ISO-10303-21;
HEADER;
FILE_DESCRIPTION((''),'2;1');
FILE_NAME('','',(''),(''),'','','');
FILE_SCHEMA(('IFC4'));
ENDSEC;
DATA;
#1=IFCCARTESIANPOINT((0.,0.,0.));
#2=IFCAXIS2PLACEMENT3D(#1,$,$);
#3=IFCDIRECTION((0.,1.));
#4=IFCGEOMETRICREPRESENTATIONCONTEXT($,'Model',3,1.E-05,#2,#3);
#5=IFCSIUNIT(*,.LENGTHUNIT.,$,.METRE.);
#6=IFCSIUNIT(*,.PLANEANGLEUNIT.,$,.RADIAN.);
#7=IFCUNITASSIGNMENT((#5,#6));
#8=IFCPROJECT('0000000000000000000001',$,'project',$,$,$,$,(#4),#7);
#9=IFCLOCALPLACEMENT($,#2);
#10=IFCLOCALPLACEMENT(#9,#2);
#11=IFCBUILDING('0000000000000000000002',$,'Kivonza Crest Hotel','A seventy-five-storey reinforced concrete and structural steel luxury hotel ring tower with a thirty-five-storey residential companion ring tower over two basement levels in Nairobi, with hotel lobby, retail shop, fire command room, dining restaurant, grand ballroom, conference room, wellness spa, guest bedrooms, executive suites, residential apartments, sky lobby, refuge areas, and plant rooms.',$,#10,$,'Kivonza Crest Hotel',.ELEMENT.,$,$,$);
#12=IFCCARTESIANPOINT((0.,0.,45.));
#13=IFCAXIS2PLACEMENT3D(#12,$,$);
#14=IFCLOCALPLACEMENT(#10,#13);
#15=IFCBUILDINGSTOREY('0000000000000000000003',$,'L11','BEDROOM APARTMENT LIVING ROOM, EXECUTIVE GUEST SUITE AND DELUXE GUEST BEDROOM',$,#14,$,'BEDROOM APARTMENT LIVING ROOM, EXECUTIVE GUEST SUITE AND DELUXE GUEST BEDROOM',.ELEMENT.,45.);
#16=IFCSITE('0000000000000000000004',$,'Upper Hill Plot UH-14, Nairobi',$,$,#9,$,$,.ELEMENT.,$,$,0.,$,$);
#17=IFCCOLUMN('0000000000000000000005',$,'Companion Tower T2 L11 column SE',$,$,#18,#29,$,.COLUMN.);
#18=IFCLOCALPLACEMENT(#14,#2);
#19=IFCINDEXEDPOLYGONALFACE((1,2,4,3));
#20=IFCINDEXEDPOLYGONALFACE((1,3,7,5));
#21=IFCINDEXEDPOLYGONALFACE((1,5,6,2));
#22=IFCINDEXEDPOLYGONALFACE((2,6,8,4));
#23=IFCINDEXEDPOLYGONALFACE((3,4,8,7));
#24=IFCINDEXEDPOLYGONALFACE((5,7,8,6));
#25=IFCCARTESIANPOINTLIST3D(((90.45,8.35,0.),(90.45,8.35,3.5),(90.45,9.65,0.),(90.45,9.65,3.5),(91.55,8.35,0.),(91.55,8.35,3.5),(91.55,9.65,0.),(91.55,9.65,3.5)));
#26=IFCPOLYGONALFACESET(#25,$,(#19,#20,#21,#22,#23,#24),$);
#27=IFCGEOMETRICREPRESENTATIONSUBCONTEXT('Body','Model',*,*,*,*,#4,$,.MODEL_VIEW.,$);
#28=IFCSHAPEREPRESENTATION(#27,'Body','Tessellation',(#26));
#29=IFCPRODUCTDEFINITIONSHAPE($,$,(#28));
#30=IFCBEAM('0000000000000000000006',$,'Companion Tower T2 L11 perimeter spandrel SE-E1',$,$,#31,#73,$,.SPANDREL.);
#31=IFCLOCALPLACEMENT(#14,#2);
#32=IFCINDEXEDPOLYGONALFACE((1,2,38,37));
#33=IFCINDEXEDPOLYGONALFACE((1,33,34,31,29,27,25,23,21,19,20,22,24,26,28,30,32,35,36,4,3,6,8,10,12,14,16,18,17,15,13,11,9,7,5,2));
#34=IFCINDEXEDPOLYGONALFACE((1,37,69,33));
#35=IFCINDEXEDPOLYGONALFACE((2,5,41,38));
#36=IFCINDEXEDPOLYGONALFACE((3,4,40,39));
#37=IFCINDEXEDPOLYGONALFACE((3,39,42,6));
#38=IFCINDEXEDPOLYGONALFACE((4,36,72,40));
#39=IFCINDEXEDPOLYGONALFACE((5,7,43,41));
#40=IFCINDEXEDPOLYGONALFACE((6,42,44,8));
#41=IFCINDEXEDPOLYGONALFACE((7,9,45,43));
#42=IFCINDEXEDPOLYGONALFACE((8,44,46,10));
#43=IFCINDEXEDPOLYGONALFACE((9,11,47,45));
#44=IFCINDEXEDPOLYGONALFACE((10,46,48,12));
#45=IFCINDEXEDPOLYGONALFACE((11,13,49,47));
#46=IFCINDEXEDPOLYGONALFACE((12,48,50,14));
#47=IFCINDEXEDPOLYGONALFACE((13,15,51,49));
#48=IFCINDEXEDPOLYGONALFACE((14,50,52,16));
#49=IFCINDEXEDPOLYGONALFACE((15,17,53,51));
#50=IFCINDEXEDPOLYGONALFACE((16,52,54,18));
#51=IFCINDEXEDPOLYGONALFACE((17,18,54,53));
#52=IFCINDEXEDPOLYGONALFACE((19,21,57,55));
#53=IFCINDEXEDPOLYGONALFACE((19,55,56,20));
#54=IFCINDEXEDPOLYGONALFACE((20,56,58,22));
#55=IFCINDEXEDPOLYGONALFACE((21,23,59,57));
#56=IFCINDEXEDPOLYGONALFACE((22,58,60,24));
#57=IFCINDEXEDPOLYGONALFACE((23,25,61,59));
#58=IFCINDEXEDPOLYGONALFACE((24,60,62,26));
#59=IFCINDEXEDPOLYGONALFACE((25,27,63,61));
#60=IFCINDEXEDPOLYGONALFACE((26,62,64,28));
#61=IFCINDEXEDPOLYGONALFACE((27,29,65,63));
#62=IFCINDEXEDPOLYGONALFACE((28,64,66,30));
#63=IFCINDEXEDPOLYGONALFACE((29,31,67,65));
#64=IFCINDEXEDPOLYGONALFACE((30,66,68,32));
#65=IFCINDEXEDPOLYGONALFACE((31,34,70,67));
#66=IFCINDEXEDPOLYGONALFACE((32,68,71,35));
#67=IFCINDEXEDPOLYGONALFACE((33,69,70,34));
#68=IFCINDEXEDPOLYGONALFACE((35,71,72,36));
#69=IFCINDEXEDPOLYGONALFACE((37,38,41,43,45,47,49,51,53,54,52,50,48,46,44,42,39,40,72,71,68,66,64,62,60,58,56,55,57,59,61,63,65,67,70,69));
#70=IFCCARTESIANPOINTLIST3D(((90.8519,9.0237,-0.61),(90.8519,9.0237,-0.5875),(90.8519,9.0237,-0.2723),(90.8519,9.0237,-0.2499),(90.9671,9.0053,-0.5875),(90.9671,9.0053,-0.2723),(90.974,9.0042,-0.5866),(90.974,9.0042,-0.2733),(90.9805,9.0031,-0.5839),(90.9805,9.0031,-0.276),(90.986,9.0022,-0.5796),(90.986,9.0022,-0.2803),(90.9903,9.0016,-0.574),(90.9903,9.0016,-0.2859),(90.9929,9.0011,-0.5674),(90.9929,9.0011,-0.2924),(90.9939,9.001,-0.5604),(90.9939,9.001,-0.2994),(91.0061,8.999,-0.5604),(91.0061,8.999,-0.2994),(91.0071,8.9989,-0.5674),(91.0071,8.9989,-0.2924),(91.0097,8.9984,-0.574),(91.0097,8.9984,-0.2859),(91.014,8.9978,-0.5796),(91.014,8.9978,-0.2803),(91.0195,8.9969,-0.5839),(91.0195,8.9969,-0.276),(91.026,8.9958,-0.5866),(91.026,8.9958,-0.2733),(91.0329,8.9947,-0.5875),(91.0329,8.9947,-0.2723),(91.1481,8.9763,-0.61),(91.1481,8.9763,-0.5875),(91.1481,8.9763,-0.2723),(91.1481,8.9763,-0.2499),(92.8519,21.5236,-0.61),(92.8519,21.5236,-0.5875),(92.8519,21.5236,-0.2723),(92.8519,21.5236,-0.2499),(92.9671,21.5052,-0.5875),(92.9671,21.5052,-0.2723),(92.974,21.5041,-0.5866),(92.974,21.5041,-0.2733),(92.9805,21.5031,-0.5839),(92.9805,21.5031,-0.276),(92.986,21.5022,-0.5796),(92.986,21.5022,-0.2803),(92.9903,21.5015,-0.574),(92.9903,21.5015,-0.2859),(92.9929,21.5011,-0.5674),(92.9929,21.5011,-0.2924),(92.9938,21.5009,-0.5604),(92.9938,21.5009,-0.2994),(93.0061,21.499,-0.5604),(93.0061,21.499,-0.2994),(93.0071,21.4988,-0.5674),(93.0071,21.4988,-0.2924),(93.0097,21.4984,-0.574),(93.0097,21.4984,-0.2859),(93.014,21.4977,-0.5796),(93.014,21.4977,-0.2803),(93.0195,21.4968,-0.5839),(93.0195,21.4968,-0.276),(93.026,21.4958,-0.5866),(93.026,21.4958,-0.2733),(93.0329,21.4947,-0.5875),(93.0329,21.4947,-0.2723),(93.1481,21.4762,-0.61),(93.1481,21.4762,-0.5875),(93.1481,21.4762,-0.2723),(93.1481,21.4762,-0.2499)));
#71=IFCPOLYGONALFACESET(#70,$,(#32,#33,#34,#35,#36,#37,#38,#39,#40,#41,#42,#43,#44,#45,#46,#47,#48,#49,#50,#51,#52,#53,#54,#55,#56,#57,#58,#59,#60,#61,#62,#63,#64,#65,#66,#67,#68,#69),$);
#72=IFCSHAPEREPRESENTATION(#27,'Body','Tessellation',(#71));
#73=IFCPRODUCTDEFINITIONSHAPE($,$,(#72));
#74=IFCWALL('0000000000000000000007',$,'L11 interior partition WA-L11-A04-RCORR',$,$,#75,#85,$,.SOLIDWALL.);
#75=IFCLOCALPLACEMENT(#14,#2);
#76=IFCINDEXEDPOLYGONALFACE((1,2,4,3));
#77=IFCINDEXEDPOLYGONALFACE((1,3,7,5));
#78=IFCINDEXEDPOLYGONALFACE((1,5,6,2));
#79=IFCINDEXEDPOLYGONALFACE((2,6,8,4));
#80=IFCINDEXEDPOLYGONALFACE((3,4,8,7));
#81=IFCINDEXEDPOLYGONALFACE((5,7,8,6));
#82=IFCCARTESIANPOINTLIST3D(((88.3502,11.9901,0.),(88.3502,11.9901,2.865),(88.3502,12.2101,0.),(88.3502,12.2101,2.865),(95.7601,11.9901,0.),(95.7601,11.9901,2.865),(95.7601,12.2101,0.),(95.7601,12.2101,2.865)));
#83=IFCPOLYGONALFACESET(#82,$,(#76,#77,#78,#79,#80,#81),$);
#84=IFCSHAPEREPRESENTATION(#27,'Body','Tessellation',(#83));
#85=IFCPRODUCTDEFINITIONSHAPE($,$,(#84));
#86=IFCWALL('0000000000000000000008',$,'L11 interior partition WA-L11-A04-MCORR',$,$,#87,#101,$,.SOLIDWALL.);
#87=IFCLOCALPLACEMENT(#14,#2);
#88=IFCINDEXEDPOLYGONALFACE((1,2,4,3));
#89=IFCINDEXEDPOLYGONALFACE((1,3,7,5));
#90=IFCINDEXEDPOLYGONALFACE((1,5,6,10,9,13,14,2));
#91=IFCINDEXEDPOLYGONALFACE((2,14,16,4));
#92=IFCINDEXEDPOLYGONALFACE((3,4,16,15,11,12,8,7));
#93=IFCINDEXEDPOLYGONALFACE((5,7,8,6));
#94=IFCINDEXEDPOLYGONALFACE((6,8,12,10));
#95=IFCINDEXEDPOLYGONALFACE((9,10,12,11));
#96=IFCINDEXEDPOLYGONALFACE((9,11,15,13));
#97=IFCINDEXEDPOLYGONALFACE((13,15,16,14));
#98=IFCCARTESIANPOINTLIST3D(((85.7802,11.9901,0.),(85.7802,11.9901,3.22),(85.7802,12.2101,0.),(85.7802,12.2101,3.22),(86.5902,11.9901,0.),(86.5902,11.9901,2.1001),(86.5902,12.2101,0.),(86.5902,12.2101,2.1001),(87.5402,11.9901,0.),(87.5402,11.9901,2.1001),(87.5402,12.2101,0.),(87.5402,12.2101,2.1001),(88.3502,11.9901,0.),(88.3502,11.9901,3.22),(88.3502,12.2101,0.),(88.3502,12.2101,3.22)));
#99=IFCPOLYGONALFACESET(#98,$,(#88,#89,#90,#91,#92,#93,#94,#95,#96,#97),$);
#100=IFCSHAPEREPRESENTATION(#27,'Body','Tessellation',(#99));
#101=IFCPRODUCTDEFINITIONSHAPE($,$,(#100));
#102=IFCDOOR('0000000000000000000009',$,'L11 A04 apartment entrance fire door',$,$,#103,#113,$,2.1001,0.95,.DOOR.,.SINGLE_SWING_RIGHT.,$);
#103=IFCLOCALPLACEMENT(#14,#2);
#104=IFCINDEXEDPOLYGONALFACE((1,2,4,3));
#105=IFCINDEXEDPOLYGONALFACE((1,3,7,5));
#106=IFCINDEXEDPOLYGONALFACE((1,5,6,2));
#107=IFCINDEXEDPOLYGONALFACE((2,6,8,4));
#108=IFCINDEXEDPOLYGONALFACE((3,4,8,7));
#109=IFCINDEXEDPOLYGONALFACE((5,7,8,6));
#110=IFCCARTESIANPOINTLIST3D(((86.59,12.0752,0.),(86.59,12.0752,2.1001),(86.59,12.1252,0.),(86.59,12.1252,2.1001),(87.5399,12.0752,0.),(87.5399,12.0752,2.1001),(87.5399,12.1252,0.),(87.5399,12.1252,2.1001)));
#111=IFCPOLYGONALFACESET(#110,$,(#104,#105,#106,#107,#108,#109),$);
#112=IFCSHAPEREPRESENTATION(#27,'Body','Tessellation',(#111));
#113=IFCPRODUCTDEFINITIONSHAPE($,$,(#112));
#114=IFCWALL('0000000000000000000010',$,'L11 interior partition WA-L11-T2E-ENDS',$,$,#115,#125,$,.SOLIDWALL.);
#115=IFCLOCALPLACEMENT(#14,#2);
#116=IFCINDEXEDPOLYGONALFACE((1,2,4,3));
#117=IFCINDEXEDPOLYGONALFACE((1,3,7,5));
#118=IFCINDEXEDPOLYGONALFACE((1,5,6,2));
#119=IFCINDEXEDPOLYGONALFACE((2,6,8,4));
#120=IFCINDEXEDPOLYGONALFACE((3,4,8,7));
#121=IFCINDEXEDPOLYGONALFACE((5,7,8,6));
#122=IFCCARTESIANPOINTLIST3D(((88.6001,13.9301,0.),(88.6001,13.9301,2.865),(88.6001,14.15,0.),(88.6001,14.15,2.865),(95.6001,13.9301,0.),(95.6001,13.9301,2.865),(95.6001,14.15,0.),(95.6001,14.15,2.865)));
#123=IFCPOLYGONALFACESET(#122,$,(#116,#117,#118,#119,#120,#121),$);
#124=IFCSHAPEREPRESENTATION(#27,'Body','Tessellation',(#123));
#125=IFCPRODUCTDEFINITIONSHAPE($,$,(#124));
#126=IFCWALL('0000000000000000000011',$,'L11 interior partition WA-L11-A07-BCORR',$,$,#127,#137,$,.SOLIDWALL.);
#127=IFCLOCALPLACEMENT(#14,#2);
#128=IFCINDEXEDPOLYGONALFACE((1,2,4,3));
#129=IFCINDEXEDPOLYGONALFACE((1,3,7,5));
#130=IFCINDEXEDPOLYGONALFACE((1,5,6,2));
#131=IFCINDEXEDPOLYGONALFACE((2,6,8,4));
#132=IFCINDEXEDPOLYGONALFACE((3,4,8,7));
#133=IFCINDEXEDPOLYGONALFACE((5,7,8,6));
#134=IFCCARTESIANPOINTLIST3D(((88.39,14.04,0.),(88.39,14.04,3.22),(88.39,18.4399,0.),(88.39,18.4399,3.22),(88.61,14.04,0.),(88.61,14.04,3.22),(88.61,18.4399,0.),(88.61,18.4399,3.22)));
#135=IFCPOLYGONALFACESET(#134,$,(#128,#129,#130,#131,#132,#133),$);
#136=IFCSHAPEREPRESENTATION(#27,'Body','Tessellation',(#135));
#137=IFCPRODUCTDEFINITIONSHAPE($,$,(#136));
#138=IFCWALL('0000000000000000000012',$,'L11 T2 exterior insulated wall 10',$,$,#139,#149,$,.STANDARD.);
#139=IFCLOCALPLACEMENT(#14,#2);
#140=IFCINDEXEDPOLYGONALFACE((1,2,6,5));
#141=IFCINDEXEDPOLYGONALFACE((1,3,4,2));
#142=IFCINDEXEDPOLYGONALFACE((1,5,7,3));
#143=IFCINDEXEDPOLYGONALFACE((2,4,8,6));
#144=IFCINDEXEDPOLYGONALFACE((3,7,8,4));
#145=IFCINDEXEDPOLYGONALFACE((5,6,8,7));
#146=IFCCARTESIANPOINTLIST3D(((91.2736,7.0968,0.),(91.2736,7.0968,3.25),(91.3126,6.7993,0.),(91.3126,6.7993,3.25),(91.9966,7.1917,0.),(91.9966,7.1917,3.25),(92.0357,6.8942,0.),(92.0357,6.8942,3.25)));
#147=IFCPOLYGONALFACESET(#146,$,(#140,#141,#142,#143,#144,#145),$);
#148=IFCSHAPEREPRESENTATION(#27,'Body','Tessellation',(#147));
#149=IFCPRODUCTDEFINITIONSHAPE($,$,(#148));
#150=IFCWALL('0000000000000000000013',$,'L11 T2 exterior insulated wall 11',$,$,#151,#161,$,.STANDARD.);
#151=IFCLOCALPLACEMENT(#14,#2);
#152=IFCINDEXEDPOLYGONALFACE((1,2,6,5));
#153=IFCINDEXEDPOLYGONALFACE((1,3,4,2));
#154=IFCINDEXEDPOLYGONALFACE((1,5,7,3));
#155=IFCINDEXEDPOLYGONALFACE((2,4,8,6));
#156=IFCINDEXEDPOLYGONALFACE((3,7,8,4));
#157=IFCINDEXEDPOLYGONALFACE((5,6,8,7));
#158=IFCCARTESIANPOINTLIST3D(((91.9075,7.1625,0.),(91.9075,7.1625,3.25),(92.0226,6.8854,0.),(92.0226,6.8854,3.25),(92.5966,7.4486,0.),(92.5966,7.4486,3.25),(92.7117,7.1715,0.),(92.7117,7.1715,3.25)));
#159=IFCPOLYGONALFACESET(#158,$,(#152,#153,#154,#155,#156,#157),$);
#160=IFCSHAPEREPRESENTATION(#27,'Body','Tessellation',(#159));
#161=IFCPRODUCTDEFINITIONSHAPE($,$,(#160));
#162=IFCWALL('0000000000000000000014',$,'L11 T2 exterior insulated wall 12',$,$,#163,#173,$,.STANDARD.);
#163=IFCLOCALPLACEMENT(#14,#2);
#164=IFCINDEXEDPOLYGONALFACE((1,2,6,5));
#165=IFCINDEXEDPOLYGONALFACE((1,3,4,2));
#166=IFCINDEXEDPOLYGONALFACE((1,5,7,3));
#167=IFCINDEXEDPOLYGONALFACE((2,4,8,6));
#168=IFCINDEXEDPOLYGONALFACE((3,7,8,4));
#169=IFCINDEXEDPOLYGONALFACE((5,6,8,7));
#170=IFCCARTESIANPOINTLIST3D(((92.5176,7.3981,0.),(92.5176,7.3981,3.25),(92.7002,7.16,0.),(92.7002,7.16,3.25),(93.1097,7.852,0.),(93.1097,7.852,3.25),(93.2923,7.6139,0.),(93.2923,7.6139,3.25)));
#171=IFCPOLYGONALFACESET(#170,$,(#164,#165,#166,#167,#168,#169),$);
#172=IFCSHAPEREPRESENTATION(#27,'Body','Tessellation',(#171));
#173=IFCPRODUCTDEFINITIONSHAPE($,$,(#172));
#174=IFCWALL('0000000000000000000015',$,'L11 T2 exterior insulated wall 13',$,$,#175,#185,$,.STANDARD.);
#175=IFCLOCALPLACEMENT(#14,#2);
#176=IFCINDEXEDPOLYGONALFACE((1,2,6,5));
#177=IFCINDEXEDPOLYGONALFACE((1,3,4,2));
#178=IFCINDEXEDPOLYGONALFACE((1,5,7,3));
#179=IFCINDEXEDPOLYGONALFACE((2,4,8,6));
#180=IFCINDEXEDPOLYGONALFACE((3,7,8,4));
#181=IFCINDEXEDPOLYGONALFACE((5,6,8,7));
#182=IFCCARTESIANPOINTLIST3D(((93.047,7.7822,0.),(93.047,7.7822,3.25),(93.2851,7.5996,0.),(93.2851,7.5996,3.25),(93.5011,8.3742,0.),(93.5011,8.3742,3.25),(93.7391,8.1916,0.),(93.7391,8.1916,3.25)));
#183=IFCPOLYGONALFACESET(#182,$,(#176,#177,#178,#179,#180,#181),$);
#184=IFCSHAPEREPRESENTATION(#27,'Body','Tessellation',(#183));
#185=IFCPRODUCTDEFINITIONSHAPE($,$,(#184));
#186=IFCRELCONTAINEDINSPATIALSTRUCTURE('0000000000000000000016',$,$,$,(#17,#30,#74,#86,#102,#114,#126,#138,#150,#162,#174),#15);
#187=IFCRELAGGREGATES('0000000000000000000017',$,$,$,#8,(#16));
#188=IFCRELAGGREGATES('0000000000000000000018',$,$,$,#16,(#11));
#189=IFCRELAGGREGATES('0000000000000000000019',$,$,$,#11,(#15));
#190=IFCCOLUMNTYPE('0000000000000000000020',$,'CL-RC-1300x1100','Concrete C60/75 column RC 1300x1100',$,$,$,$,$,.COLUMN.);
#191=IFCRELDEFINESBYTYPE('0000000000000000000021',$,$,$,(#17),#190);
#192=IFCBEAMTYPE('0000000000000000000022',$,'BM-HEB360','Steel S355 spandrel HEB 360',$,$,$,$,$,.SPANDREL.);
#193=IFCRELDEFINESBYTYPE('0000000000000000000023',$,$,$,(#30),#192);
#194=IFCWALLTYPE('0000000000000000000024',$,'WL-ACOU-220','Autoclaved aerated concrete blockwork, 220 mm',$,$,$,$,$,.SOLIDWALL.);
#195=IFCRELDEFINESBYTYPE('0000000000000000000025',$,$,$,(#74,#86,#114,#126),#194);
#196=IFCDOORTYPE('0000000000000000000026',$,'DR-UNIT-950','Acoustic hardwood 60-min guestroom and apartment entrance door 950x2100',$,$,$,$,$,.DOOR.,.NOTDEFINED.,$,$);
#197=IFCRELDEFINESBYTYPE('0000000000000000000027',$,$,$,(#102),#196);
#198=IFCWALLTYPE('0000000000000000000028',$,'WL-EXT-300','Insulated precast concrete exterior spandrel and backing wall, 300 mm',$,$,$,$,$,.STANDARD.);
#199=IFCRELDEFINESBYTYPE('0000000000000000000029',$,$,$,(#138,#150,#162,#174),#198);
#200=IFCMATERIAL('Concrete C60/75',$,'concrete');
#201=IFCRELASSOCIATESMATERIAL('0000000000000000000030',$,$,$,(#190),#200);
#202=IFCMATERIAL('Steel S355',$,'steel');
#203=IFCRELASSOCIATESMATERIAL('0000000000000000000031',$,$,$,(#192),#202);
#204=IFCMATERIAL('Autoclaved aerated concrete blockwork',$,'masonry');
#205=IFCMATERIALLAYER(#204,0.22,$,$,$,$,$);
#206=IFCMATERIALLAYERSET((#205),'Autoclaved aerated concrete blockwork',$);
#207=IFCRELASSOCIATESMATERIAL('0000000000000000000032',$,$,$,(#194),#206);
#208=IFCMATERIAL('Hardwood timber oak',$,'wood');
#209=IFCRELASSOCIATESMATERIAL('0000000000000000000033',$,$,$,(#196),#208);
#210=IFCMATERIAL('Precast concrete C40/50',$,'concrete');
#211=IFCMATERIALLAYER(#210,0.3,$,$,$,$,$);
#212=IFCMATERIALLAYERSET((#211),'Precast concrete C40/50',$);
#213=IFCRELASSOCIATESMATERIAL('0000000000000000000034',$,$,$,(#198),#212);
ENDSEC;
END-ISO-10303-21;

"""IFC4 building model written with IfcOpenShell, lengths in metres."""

from ifc_helpers import new_model, si_unit, direction, frame, frame_2d, origin, origin_2d, place, context, subcontext, project, spatial, rectangle, i_section, extrude, material, layer, layer_set, material_profile, profile_set, type_object, element, fill, save


model = new_model("IFC4")

# Units and contexts
model_context = context("Model", 3, precision=1e-05, world=origin(), true_north=direction((0.0, 1.0)))
body_context = subcontext(model_context, "Body", "Model", "MODEL_VIEW")
ifc_project = project(units=[si_unit("LENGTHUNIT", "METRE"), si_unit("PLANEANGLEUNIT", "RADIAN")], contexts=[model_context])

# Site, building, storey
site_placement = place(None, origin())
site = spatial("IfcSite", under=ifc_project, at=site_placement, Name="Upper Hill Plot UH-14, Nairobi", CompositionType="ELEMENT", RefElevation=0.0)
building_placement = place(site_placement, origin())
building = spatial("IfcBuilding", under=site, at=building_placement, Name="Kivonza Crest Hotel", Description="A seventy-five-storey reinforced concrete and structural steel luxury hotel ring tower with a thirty-five-storey residential companion ring tower over two basement levels in Nairobi, with hotel lobby, retail shop, fire command room, dining restaurant, grand ballroom, conference room, wellness spa, guest bedrooms, executive suites, residential apartments, sky lobby, refuge areas, and plant rooms.", LongName="Kivonza Crest Hotel", CompositionType="ELEMENT")
storey_placement = place(building_placement, frame((0.0, 0.0, 45.0)))
storey = spatial("IfcBuildingStorey", under=building, at=storey_placement, Name="L11", Description="BEDROOM APARTMENT LIVING ROOM, EXECUTIVE GUEST SUITE AND DELUXE GUEST BEDROOM", LongName="BEDROOM APARTMENT LIVING ROOM, EXECUTIVE GUEST SUITE AND DELUXE GUEST BEDROOM", CompositionType="ELEMENT", Elevation=45.0)

# Column
ifc_material_1 = material(Name="Concrete C60/75", Category="concrete")
ifc_material_profile_1 = material_profile(ifc_material_1, rectangle(XDim=1.1001, YDim=1.3, at=origin_2d()), Name="RC 1300x1100")
ifc_profile_set_1 = profile_set([ifc_material_profile_1], Name="Concrete C60/75")
column_type = type_object("IfcColumnType", Name="CL-RC-1300x1100", Description="Concrete C60/75 column RC 1300x1100", PredefinedType="COLUMN", material=ifc_profile_set_1)
column_placement = place(storey_placement, frame((91.0, 9.0, 0.0), z_axis=(0.0, 0.0, 1.0), x_axis=(1.0, 0.0, 0.0)))
element("IfcColumn", 1, at=column_placement, inside=storey, type_object=column_type, Name="Companion Tower T2 L11 column SE", PredefinedType="COLUMN", context=body_context, shape_type="SweptSolid", body=[
    extrude(rectangle(XDim=1.1001, YDim=1.3, at=origin_2d()), origin(), (0.0, 0.0, 1.0), 3.5),
])

# Beam
ifc_material_2 = material(Name="Steel S355", Category="steel")
ifc_material_profile_2 = material_profile(ifc_material_2, i_section(OverallWidth=0.3, OverallDepth=0.3601, WebThickness=0.0125, FlangeThickness=0.0225, FilletRadius=0.0271, at=origin_2d()), Name="HEB 360")
ifc_profile_set_2 = profile_set([ifc_material_profile_2], Name="Steel S355")
beam_type = type_object("IfcBeamType", Name="BM-HEB360", Description="Steel S355 spandrel HEB 360", PredefinedType="SPANDREL", material=ifc_profile_set_2)
beam_placement = place(storey_placement, frame((91.0, 9.0, -0.4299), z_axis=(0.157991, 0.987441, 0.0), x_axis=(-0.987441, 0.157991, 0.0)))
element("IfcBeam", 2, at=beam_placement, inside=storey, type_object=beam_type, Name="Companion Tower T2 L11 perimeter spandrel SE-E1", PredefinedType="SPANDREL", context=body_context, shape_type="SweptSolid", body=[
    extrude(i_section(OverallWidth=0.3, OverallDepth=0.3601, WebThickness=0.0125, FlangeThickness=0.0225, FilletRadius=0.0271, at=origin_2d()), origin(), (0.0, 0.0, 1.0), 12.6589),
])

# Wall
ifc_material_3 = material(Name="Autoclaved aerated concrete blockwork", Category="masonry")
ifc_layer_1 = layer(ifc_material_3, 0.22)
ifc_layer_set_1 = layer_set([ifc_layer_1], Name="Autoclaved aerated concrete blockwork")
wall_type_1 = type_object("IfcWallType", Name="WL-ACOU-220", Description="Autoclaved aerated concrete blockwork, 220 mm", PredefinedType="SOLIDWALL", material=ifc_layer_set_1)
wall_1_placement = place(storey_placement, frame((88.3501, 12.1001, 0.0), z_axis=(0.0, 0.0, 1.0), x_axis=(1.0, 0.0, 0.0)))
element("IfcWall", 3, at=wall_1_placement, inside=storey, type_object=wall_type_1, Name="L11 interior partition WA-L11-A04-RCORR", PredefinedType="SOLIDWALL", context=body_context, shape_type="SweptSolid", body=[
    extrude(rectangle(XDim=7.4099, YDim=0.22, at=frame_2d((3.7051, 0.0))), origin(), (0.0, 0.0, 1.0), 2.865),
])

# Wall, opening, door
wall_2_placement = place(storey_placement, frame((85.78, 12.1001, 0.0), z_axis=(0.0, 0.0, 1.0), x_axis=(1.0, 0.0, 0.0)))
wall_2 = element("IfcWall", 4, at=wall_2_placement, inside=storey, type_object=wall_type_1, Name="L11 interior partition WA-L11-A04-MCORR", PredefinedType="SOLIDWALL", context=body_context, shape_type="SweptSolid", body=[
    extrude(rectangle(XDim=2.5701, YDim=0.22, at=frame_2d((1.2852, 0.0))), origin(), (0.0, 0.0, 1.0), 3.22),
])
opening_1_placement = place(wall_2_placement, frame((0.8101, 0.0, 0.0)))
opening_1 = element("IfcOpeningElement", 5, at=opening_1_placement, cuts=wall_2, PredefinedType="OPENING", context=body_context, shape_type="SweptSolid", body=[
    extrude(rectangle(XDim=0.95, YDim=2.1001, at=frame_2d((0.4751, 1.05))), frame((0.0, 0.1201, 0.0), z_axis=(0.0, -1.0, 0.0), x_axis=(1.0, 0.0, 0.0)), (0.0, 0.0, 1.0), 0.24),
])
ifc_material_4 = material(Name="Hardwood timber oak", Category="wood")
door_type_1 = type_object("IfcDoorType", Name="DR-UNIT-950", Description="Acoustic hardwood 60-min guestroom and apartment entrance door 950x2100", OperationType="NOTDEFINED", PredefinedType="DOOR", material=ifc_material_4)
door_1_placement = place(opening_1_placement, frame((0.95, 0.0, 0.0), z_axis=(0.0, 0.0, 1.0), x_axis=(-1.0, 0.0, 0.0)))
door_1 = element("IfcDoor", 6, at=door_1_placement, inside=storey, type_object=door_type_1, Name="L11 A04 apartment entrance fire door", OperationType="SINGLE_SWING_RIGHT", OverallHeight=2.1001, OverallWidth=0.95, PredefinedType="DOOR", context=body_context, shape_type="SweptSolid", body=[
    extrude(rectangle(XDim=0.95, YDim=2.1001, at=frame_2d((0.4751, 1.05))), frame((0.0, 0.0249, 0.0), z_axis=(0.0, -1.0, 0.0), x_axis=(1.0, 0.0, 0.0)), (0.0, 0.0, 1.0), 0.05),
])
fill(opening_1, door_1)

# Walls
wall_3_placement = place(storey_placement, frame((88.6001, 14.04, 0.0), z_axis=(0.0, 0.0, 1.0), x_axis=(1.0, 0.0, 0.0)))
element("IfcWall", 7, at=wall_3_placement, inside=storey, type_object=wall_type_1, Name="L11 interior partition WA-L11-T2E-ENDS", PredefinedType="SOLIDWALL", context=body_context, shape_type="SweptSolid", body=[
    extrude(rectangle(XDim=7.0, YDim=0.22, at=frame_2d((3.5, 0.0))), origin(), (0.0, 0.0, 1.0), 2.865),
])
wall_4_placement = place(storey_placement, frame((88.5, 14.04, 0.0), z_axis=(0.0, 0.0, 1.0), x_axis=(0.0, 1.0, 0.0)))
element("IfcWall", 8, at=wall_4_placement, inside=storey, type_object=wall_type_1, Name="L11 interior partition WA-L11-A07-BCORR", PredefinedType="SOLIDWALL", context=body_context, shape_type="SweptSolid", body=[
    extrude(rectangle(XDim=4.3999, YDim=0.22, at=frame_2d((2.2, 0.0))), origin(), (0.0, 0.0, 1.0), 3.22),
])
ifc_material_5 = material(Name="Precast concrete C40/50", Category="concrete")
ifc_layer_2 = layer(ifc_material_5, 0.3)
ifc_layer_set_2 = layer_set([ifc_layer_2], Name="Precast concrete C40/50")
wall_type_2 = type_object("IfcWallType", Name="WL-EXT-300", Description="Insulated precast concrete exterior spandrel and backing wall, 300 mm", PredefinedType="STANDARD", material=ifc_layer_set_2)
wall_5_placement = place(storey_placement, frame((91.293, 6.948, 0.0), z_axis=(0.0, 0.0, 1.0), x_axis=(0.991486, 0.130212, 0.0)))
element("IfcWall", 9, at=wall_5_placement, inside=storey, type_object=wall_type_2, Name="L11 T2 exterior insulated wall 10", PredefinedType="STANDARD", context=body_context, shape_type="SweptSolid", body=[
    extrude(rectangle(XDim=0.7292, YDim=0.3, at=frame_2d((0.3647, 0.0))), origin(), (0.0, 0.0, 1.0), 3.25),
])
for number, where, z_axis, x_axis, name in (
    (10, (91.9651, 7.0239, 0.0), (0.0, 0.0, 1.0), (0.923522, 0.383546, 0.0), "L11 T2 exterior insulated wall 11"),
    (11, (92.6089, 7.2791, 0.0), (0.0, 0.0, 1.0), (0.793633, 0.608397, 0.0), "L11 T2 exterior insulated wall 12"),
    (12, (93.166, 7.6909, 0.0), (0.0, 0.0, 1.0), (0.608603, 0.793475, 0.0), "L11 T2 exterior insulated wall 13"),
):
    element("IfcWall", number, at=place(storey_placement, frame(where, z_axis=z_axis, x_axis=x_axis)), inside=storey, type_object=wall_type_2, Name=name, PredefinedType="STANDARD", context=body_context, shape_type="SweptSolid", body=[
        extrude(rectangle(XDim=0.7461, YDim=0.3, at=frame_2d((0.373, 0.0))), origin(), (0.0, 0.0, 1.0), 3.25),
    ])

save(model, "model.ifc")
